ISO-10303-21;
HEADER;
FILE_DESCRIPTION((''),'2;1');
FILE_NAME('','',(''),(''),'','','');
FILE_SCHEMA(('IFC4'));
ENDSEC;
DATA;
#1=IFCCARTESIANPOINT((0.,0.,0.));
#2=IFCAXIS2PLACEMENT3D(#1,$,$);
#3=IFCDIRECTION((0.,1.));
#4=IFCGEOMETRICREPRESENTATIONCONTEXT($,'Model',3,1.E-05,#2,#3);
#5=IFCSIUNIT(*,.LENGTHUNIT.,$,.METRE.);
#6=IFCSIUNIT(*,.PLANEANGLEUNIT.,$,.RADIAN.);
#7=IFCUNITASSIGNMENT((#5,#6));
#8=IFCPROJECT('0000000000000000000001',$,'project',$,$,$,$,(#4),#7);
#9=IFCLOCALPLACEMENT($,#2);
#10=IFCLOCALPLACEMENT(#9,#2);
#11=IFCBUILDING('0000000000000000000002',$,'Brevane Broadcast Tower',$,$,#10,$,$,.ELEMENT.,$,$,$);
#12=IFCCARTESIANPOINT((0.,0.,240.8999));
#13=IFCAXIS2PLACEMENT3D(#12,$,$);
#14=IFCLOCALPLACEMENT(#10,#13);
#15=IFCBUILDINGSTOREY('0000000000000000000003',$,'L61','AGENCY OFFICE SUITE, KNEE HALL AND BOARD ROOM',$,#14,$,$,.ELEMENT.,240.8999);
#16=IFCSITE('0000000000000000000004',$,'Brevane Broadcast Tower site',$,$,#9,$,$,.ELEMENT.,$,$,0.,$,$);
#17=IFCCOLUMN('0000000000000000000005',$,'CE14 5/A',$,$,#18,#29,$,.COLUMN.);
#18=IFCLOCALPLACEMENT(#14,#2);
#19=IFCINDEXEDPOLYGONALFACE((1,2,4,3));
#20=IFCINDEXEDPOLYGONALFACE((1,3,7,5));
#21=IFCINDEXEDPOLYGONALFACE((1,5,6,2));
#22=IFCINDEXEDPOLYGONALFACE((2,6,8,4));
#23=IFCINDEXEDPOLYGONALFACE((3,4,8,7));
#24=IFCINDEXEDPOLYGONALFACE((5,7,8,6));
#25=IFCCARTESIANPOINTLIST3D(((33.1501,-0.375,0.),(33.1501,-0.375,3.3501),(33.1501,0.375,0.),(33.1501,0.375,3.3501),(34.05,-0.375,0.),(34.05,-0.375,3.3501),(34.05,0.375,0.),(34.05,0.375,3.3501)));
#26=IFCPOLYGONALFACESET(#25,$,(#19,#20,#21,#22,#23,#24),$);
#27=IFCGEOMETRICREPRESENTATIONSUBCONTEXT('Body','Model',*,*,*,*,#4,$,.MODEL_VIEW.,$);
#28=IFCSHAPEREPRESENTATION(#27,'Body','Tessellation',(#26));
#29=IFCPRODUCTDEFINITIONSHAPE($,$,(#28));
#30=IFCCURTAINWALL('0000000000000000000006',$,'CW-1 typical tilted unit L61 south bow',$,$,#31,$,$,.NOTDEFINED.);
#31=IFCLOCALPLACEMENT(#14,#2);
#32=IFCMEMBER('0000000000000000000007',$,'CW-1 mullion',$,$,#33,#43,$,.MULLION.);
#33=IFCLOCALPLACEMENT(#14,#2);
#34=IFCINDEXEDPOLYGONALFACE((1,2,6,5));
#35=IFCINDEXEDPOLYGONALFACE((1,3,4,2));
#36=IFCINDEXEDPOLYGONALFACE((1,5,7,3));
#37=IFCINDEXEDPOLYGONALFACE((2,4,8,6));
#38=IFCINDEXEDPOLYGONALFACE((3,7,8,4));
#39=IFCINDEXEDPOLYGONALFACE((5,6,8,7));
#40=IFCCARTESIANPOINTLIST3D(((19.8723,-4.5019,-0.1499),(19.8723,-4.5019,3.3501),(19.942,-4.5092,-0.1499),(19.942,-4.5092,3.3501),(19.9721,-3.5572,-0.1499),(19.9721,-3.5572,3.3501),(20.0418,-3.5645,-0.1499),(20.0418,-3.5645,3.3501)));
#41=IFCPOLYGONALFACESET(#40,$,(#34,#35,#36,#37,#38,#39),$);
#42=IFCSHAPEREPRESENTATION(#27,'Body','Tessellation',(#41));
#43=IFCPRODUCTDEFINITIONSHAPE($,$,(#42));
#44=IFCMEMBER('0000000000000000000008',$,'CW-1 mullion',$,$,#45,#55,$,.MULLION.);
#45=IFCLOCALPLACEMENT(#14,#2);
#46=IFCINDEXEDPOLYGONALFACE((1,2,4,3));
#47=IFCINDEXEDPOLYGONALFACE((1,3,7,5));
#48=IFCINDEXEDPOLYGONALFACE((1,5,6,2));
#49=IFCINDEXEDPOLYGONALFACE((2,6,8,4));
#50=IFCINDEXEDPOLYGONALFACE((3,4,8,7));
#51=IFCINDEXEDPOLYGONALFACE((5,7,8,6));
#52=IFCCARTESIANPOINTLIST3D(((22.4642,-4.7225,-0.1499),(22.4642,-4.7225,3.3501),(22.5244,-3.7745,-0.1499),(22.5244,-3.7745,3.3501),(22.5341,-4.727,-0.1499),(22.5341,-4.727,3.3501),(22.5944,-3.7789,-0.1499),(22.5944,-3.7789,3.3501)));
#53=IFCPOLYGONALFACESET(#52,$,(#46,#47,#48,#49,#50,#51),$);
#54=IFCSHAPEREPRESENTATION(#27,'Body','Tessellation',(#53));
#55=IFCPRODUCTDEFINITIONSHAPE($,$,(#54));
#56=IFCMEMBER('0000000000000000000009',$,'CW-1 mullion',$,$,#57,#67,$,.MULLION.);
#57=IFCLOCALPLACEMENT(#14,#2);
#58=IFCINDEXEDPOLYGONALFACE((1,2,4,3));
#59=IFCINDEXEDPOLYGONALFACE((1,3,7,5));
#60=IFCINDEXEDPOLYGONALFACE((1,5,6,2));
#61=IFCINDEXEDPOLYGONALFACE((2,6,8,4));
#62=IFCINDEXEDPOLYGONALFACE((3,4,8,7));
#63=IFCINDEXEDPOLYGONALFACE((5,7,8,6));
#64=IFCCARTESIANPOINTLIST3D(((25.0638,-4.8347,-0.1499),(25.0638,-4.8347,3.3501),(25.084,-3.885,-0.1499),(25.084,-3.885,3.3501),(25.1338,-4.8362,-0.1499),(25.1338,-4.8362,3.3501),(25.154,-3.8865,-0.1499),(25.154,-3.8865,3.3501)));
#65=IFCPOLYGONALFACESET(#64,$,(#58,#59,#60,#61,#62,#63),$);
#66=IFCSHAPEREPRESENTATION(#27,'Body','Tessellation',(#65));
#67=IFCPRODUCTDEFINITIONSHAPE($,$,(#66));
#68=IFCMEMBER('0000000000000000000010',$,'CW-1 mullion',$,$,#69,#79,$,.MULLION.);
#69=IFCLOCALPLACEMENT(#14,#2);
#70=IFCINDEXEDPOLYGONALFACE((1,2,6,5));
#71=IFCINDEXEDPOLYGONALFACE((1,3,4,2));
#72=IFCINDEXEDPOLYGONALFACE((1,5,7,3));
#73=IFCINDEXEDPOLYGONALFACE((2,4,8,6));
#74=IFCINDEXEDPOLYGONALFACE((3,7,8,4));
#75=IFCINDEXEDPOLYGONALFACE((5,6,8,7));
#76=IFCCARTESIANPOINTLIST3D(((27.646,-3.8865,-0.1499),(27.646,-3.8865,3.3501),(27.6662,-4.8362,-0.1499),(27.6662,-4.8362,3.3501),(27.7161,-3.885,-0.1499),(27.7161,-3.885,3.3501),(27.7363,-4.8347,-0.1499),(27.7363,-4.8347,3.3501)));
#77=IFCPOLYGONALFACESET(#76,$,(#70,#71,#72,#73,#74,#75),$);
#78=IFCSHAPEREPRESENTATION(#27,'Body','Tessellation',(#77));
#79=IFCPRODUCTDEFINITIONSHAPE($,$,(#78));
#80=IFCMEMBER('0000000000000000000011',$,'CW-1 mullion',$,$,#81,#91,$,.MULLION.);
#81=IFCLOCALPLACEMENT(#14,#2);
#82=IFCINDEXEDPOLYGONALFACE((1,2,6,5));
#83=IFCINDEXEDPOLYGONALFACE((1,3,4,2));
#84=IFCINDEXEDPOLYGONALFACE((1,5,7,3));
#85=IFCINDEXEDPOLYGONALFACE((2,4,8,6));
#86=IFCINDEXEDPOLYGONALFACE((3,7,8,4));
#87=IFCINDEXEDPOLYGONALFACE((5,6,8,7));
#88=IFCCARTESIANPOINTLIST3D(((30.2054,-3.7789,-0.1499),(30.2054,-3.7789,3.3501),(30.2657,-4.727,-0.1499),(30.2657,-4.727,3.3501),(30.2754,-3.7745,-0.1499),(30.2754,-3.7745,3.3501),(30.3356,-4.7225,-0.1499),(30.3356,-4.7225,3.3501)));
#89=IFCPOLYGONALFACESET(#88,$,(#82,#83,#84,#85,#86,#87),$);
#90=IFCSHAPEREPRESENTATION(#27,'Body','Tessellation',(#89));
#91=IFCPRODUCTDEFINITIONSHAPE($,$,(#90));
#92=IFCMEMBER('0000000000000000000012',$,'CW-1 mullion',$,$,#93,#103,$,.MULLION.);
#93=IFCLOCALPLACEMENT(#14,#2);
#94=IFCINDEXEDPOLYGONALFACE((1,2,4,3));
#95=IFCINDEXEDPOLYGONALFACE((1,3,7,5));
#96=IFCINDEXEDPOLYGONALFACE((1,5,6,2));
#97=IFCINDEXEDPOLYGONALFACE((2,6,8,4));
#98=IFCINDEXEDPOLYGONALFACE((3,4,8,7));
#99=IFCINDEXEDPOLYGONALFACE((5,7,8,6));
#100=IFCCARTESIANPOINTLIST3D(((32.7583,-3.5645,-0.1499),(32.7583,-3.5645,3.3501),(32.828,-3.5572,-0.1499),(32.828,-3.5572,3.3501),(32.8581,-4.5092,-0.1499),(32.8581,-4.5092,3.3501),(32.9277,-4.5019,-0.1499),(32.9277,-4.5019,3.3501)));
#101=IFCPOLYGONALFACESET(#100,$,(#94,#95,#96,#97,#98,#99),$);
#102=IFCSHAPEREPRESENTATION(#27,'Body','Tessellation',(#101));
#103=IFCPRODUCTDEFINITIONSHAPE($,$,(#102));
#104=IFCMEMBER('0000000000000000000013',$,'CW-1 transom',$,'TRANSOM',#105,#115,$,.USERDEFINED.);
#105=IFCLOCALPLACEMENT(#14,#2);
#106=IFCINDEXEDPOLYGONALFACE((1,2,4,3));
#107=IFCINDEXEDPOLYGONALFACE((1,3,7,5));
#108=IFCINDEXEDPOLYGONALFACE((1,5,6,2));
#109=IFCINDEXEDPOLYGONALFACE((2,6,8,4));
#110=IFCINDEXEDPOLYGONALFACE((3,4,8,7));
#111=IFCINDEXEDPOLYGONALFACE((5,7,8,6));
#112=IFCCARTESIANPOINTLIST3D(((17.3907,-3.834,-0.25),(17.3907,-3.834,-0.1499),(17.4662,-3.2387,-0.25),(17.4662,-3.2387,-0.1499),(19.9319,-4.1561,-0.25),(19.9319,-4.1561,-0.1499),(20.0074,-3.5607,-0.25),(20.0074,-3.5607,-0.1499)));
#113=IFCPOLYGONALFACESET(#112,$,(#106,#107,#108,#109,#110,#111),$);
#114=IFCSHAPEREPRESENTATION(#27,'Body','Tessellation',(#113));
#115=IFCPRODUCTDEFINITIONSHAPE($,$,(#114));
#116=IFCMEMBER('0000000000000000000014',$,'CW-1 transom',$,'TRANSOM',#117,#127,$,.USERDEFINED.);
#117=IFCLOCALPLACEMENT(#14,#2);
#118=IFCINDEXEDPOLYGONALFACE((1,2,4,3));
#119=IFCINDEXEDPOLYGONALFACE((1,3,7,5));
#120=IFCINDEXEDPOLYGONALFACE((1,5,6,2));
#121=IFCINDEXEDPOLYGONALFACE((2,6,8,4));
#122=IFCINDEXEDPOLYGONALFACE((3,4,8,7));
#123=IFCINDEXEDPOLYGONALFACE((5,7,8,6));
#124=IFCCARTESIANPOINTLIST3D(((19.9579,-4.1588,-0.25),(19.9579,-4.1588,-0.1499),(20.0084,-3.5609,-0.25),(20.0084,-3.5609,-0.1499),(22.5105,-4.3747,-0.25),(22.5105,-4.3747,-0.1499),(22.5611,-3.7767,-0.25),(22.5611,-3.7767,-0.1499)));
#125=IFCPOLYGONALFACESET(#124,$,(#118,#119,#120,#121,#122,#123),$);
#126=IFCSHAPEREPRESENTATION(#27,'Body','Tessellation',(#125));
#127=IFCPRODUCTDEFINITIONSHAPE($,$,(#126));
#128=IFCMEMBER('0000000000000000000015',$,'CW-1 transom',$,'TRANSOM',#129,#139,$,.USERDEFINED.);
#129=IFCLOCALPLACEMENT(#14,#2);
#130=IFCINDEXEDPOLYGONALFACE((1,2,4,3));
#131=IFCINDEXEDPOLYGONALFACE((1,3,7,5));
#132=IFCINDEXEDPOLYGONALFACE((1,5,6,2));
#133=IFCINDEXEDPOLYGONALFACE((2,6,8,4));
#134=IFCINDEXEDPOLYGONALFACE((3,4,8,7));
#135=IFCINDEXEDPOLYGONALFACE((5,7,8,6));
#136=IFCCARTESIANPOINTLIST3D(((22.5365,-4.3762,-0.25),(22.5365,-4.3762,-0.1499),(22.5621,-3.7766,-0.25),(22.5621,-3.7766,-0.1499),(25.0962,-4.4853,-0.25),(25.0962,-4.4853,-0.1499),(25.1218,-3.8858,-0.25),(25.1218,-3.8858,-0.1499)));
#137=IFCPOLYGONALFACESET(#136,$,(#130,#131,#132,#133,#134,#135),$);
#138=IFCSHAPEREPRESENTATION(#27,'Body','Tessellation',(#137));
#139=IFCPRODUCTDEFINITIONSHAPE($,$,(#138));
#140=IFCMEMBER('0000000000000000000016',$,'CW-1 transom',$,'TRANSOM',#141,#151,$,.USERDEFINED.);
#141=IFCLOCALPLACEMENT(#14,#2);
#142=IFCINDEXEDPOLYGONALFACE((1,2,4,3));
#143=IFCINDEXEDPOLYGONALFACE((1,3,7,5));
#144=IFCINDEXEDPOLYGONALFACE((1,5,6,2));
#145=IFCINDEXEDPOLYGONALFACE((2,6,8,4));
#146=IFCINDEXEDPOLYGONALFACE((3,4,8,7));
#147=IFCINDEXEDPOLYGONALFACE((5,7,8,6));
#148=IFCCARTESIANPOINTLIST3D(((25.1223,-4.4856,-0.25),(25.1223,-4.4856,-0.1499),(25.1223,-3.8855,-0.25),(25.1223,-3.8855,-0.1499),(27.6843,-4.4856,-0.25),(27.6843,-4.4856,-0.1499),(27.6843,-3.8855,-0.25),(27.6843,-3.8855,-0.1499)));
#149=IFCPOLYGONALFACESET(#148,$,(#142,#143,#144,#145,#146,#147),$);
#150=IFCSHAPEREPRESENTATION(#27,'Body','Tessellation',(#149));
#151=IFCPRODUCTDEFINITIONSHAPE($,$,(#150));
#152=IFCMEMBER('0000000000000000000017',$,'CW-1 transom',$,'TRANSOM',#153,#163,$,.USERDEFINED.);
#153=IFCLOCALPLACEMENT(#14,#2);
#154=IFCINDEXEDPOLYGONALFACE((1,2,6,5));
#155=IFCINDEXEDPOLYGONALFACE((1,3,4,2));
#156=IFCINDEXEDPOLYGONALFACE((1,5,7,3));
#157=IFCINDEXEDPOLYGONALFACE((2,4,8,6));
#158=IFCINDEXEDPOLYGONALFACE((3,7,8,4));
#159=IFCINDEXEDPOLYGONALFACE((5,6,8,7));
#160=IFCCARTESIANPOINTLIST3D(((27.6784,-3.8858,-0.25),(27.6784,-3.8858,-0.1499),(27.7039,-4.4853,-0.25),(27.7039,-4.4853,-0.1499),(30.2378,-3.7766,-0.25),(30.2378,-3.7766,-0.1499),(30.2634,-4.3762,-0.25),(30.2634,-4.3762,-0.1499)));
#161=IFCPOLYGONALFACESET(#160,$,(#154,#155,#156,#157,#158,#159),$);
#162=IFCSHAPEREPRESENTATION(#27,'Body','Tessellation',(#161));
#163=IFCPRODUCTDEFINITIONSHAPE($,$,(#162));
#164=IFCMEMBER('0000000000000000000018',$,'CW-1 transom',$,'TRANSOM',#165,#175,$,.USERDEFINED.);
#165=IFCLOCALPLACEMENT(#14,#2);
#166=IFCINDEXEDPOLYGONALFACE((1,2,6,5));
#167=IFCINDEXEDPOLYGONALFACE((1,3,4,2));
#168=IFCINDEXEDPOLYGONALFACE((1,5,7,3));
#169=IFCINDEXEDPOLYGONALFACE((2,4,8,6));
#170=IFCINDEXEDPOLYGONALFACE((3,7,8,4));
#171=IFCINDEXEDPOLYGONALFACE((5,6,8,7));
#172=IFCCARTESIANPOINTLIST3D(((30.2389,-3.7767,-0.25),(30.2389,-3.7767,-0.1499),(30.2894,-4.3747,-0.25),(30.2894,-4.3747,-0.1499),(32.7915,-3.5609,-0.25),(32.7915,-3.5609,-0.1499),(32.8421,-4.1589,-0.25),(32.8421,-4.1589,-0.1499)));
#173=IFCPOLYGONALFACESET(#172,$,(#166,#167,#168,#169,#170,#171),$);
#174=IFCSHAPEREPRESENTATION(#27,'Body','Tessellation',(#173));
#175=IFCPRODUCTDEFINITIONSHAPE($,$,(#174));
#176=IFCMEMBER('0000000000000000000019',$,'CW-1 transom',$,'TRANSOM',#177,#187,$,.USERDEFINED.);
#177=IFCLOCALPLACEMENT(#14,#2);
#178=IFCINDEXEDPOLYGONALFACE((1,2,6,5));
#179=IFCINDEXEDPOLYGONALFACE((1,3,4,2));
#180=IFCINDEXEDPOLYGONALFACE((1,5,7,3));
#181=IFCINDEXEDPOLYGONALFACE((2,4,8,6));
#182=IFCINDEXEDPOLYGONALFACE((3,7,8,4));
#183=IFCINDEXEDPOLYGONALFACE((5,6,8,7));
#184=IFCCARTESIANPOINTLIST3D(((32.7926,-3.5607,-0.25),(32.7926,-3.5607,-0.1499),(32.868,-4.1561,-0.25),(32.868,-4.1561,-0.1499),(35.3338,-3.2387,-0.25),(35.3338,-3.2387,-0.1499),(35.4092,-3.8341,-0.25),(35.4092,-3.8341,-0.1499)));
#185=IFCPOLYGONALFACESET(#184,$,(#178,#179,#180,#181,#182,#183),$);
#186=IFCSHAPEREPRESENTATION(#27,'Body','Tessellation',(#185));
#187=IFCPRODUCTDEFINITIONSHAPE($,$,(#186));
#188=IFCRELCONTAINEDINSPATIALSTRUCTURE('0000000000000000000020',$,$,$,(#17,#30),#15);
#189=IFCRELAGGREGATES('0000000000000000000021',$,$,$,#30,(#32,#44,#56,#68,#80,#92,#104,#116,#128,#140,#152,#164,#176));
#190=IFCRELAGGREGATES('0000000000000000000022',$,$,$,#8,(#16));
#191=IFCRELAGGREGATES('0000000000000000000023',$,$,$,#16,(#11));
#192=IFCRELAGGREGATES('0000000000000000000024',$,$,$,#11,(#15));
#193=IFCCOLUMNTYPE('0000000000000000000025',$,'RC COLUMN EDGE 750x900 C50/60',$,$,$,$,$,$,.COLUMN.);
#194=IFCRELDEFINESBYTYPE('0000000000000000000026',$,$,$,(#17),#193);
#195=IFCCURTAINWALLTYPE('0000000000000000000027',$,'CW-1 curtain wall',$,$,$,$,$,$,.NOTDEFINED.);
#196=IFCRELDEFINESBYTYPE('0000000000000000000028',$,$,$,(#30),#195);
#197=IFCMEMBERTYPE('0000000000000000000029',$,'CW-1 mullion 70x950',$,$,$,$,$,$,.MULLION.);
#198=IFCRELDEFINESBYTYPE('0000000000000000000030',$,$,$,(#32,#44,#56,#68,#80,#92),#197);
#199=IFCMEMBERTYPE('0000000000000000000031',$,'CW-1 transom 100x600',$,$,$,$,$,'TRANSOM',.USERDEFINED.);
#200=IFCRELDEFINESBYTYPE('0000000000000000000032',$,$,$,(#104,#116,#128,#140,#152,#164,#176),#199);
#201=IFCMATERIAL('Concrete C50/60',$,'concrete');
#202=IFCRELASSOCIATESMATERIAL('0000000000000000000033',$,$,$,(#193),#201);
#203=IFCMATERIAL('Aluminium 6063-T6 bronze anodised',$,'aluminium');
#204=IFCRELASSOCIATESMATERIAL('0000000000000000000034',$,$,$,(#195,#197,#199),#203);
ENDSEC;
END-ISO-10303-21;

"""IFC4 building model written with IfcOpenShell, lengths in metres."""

from ifc_helpers import new_model, si_unit, direction, frame, origin, origin_2d, place, context, subcontext, project, spatial, rectangle, extrude, material, material_profile, profile_set, type_object, element, aggregate, save


model = new_model("IFC4")

# Units and contexts
model_context = context("Model", 3, precision=1e-05, world=origin(), true_north=direction((0.0, 1.0)))
body_context = subcontext(model_context, "Body", "Model", "MODEL_VIEW")
ifc_project = project(units=[si_unit("LENGTHUNIT", "METRE"), si_unit("PLANEANGLEUNIT", "RADIAN")], contexts=[model_context])

# Site, building, storey
site_placement = place(None, origin())
site = spatial("IfcSite", under=ifc_project, at=site_placement, Name="Brevane Broadcast Tower site", CompositionType="ELEMENT", RefElevation=0.0)
building_placement = place(site_placement, origin())
building = spatial("IfcBuilding", under=site, at=building_placement, Name="Brevane Broadcast Tower", CompositionType="ELEMENT")
storey_placement = place(building_placement, frame((0.0, 0.0, 240.8999)))
storey = spatial("IfcBuildingStorey", under=building, at=storey_placement, Name="L61", Description="AGENCY OFFICE SUITE, KNEE HALL AND BOARD ROOM", CompositionType="ELEMENT", Elevation=240.8999)

# Column
ifc_material_1 = material(Name="Concrete C50/60", Category="concrete")
ifc_material_profile_1 = material_profile(ifc_material_1, rectangle(XDim=0.75, YDim=0.8999, at=origin_2d()), Name="RC 750x900")
ifc_profile_set_1 = profile_set([ifc_material_profile_1], Name="Concrete C50/60")
column_type = type_object("IfcColumnType", Name="RC COLUMN EDGE 750x900 C50/60", PredefinedType="COLUMN", material=ifc_profile_set_1)
column_placement = place(storey_placement, frame((33.6001, 0.0, 0.0), z_axis=(0.0, 0.0, 1.0), x_axis=(0.0, 1.0, 0.0)))
element("IfcColumn", 1, at=column_placement, inside=storey, type_object=column_type, Name="CE14 5/A", PredefinedType="COLUMN", context=body_context, shape_type="SweptSolid", body=[
    extrude(rectangle(XDim=0.75, YDim=0.8999, at=origin_2d()), origin(), (0.0, 0.0, 1.0), 3.3501),
])

# Curtain wall, members
ifc_material_2 = material(Name="Aluminium 6063-T6 bronze anodised", Category="aluminium")
curtain_wall_type = type_object("IfcCurtainWallType", Name="CW-1 curtain wall", PredefinedType="NOTDEFINED", material=ifc_material_2)
curtain_wall_placement = place(storey_placement, origin())
curtain_wall = element("IfcCurtainWall", 2, at=curtain_wall_placement, inside=storey, type_object=curtain_wall_type, Name="CW-1 typical tilted unit L61 south bow", PredefinedType="NOTDEFINED")
ifc_material_profile_2 = material_profile(ifc_material_2, rectangle(XDim=0.95, YDim=0.0701, at=origin_2d()), Name="RECT 70x950")
ifc_profile_set_2 = profile_set([ifc_material_profile_2], Name="Aluminium 6063-T6 bronze anodised")
member_type_1 = type_object("IfcMemberType", Name="CW-1 mullion 70x950", PredefinedType="MULLION", material=ifc_profile_set_2)
member_1_placement = place(storey_placement, frame((19.957, -4.0332, -0.1499), z_axis=(0.0, 0.0, 1.0), x_axis=(0.105018, 0.99447, 0.0)))
member_1 = element("IfcMember", 3, at=member_1_placement, type_object=member_type_1, Name="CW-1 mullion", PredefinedType="MULLION", context=body_context, shape_type="SweptSolid", body=[
    extrude(rectangle(XDim=0.95, YDim=0.0701, at=origin_2d()), origin(), (0.0, 0.0, 1.0), 3.5),
])
member_2_placement = place(storey_placement, frame((22.5293, -4.2507, -0.1499), z_axis=(0.0, 0.0, 1.0), x_axis=(0.063406, 0.997988, 0.0)))
member_2 = element("IfcMember", 4, at=member_2_placement, type_object=member_type_1, Name="CW-1 mullion", PredefinedType="MULLION", context=body_context, shape_type="SweptSolid", body=[
    extrude(rectangle(XDim=0.95, YDim=0.0701, at=origin_2d()), origin(), (0.0, 0.0, 1.0), 3.5),
])
member_3_placement = place(storey_placement, frame((25.1089, -4.3606, -0.1499), z_axis=(0.0, 0.0, 1.0), x_axis=(0.021282, 0.999774, 0.0)))
member_3 = element("IfcMember", 5, at=member_3_placement, type_object=member_type_1, Name="CW-1 mullion", PredefinedType="MULLION", context=body_context, shape_type="SweptSolid", body=[
    extrude(rectangle(XDim=0.95, YDim=0.0701, at=origin_2d()), origin(), (0.0, 0.0, 1.0), 3.5),
])
member_4_placement = place(storey_placement, frame((27.6912, -4.3606, -0.1499), z_axis=(0.0, 0.0, 1.0), x_axis=(-0.021282, 0.999774, 0.0)))
member_4 = element("IfcMember", 6, at=member_4_placement, type_object=member_type_1, Name="CW-1 mullion", PredefinedType="MULLION", context=body_context, shape_type="SweptSolid", body=[
    extrude(rectangle(XDim=0.95, YDim=0.0701, at=origin_2d()), origin(), (0.0, 0.0, 1.0), 3.5),
])
member_5_placement = place(storey_placement, frame((30.2705, -4.2507, -0.1499), z_axis=(0.0, 0.0, 1.0), x_axis=(-0.063406, 0.997988, 0.0)))
member_5 = element("IfcMember", 7, at=member_5_placement, type_object=member_type_1, Name="CW-1 mullion", PredefinedType="MULLION", context=body_context, shape_type="SweptSolid", body=[
    extrude(rectangle(XDim=0.95, YDim=0.0701, at=origin_2d()), origin(), (0.0, 0.0, 1.0), 3.5),
])
member_6_placement = place(storey_placement, frame((32.843, -4.0332, -0.1499), z_axis=(0.0, 0.0, 1.0), x_axis=(-0.105018, 0.99447, 0.0)))
member_6 = element("IfcMember", 8, at=member_6_placement, type_object=member_type_1, Name="CW-1 mullion", PredefinedType="MULLION", context=body_context, shape_type="SweptSolid", body=[
    extrude(rectangle(XDim=0.95, YDim=0.0701, at=origin_2d()), origin(), (0.0, 0.0, 1.0), 3.5),
])
ifc_material_profile_3 = material_profile(ifc_material_2, rectangle(XDim=0.6001, YDim=0.1001, at=origin_2d()), Name="RECT 100x600")
ifc_profile_set_3 = profile_set([ifc_material_profile_3], Name="Aluminium 6063-T6 bronze anodised")
member_type_2 = type_object("IfcMemberType", Name="CW-1 transom 100x600", ElementType="TRANSOM", PredefinedType="USERDEFINED", material=ifc_profile_set_3)
member_7_placement = place(storey_placement, frame((17.4285, -3.5364, -0.2), z_axis=(0.992067, -0.125712, 0.0), x_axis=(0.125712, 0.992067, 0.0)))
member_7 = element("IfcMember", 9, at=member_7_placement, type_object=member_type_2, Name="CW-1 transom", ObjectType="TRANSOM", PredefinedType="USERDEFINED", context=body_context, shape_type="SweptSolid", body=[
    extrude(rectangle(XDim=0.6001, YDim=0.1001, at=origin_2d()), origin(), (0.0, 0.0, 1.0), 2.5615),
])
member_8_placement = place(storey_placement, frame((19.9832, -3.8599, -0.2), z_axis=(0.996445, -0.084244, 0.0), x_axis=(0.084244, 0.996445, 0.0)))
member_8 = element("IfcMember", 10, at=member_8_placement, type_object=member_type_2, Name="CW-1 transom", ObjectType="TRANSOM", PredefinedType="USERDEFINED", context=body_context, shape_type="SweptSolid", body=[
    extrude(rectangle(XDim=0.6001, YDim=0.1001, at=origin_2d()), origin(), (0.0, 0.0, 1.0), 2.5618),
])
member_9_placement = place(storey_placement, frame((22.5493, -4.0764, -0.2), z_axis=(0.999092, -0.042598, 0.0), x_axis=(0.042598, 0.999092, 0.0)))
member_9 = element("IfcMember", 11, at=member_9_placement, type_object=member_type_2, Name="CW-1 transom", ObjectType="TRANSOM", PredefinedType="USERDEFINED", context=body_context, shape_type="SweptSolid", body=[
    extrude(rectangle(XDim=0.6001, YDim=0.1001, at=origin_2d()), origin(), (0.0, 0.0, 1.0), 2.562),
])
member_10_placement = place(storey_placement, frame((25.1223, -4.1855, -0.2), z_axis=(1.0, 0.0, 0.0), x_axis=(0.0, 1.0, 0.0)))
member_10 = element("IfcMember", 12, at=member_10_placement, type_object=member_type_2, Name="CW-1 transom", ObjectType="TRANSOM", PredefinedType="USERDEFINED", context=body_context, shape_type="SweptSolid", body=[
    extrude(rectangle(XDim=0.6001, YDim=0.1001, at=origin_2d()), origin(), (0.0, 0.0, 1.0), 2.562),
])
member_11_placement = place(storey_placement, frame((27.6912, -4.1855, -0.2), z_axis=(0.999092, 0.042602, 0.0), x_axis=(-0.042602, 0.999092, 0.0)))
member_11 = element("IfcMember", 13, at=member_11_placement, type_object=member_type_2, Name="CW-1 transom", ObjectType="TRANSOM", PredefinedType="USERDEFINED", context=body_context, shape_type="SweptSolid", body=[
    extrude(rectangle(XDim=0.6001, YDim=0.1001, at=origin_2d()), origin(), (0.0, 0.0, 1.0), 2.5618),
])
member_12_placement = place(storey_placement, frame((30.2642, -4.0757, -0.2), z_axis=(0.996445, 0.084244, 0.0), x_axis=(-0.084244, 0.996445, 0.0)))
member_12 = element("IfcMember", 14, at=member_12_placement, type_object=member_type_2, Name="CW-1 transom", ObjectType="TRANSOM", PredefinedType="USERDEFINED", context=body_context, shape_type="SweptSolid", body=[
    extrude(rectangle(XDim=0.6001, YDim=0.1001, at=origin_2d()), origin(), (0.0, 0.0, 1.0), 2.5618),
])
member_13_placement = place(storey_placement, frame((32.8303, -3.8584, -0.2), z_axis=(0.992067, 0.125712, 0.0), x_axis=(-0.125712, 0.992067, 0.0)))
member_13 = element("IfcMember", 15, at=member_13_placement, type_object=member_type_2, Name="CW-1 transom", ObjectType="TRANSOM", PredefinedType="USERDEFINED", context=body_context, shape_type="SweptSolid", body=[
    extrude(rectangle(XDim=0.6001, YDim=0.1001, at=origin_2d()), origin(), (0.0, 0.0, 1.0), 2.5615),
])
aggregate(curtain_wall, [member_1, member_2, member_3, member_4, member_5, member_6, member_7, member_8, member_9, member_10, member_11, member_12, member_13])

save(model, "model.ifc")
